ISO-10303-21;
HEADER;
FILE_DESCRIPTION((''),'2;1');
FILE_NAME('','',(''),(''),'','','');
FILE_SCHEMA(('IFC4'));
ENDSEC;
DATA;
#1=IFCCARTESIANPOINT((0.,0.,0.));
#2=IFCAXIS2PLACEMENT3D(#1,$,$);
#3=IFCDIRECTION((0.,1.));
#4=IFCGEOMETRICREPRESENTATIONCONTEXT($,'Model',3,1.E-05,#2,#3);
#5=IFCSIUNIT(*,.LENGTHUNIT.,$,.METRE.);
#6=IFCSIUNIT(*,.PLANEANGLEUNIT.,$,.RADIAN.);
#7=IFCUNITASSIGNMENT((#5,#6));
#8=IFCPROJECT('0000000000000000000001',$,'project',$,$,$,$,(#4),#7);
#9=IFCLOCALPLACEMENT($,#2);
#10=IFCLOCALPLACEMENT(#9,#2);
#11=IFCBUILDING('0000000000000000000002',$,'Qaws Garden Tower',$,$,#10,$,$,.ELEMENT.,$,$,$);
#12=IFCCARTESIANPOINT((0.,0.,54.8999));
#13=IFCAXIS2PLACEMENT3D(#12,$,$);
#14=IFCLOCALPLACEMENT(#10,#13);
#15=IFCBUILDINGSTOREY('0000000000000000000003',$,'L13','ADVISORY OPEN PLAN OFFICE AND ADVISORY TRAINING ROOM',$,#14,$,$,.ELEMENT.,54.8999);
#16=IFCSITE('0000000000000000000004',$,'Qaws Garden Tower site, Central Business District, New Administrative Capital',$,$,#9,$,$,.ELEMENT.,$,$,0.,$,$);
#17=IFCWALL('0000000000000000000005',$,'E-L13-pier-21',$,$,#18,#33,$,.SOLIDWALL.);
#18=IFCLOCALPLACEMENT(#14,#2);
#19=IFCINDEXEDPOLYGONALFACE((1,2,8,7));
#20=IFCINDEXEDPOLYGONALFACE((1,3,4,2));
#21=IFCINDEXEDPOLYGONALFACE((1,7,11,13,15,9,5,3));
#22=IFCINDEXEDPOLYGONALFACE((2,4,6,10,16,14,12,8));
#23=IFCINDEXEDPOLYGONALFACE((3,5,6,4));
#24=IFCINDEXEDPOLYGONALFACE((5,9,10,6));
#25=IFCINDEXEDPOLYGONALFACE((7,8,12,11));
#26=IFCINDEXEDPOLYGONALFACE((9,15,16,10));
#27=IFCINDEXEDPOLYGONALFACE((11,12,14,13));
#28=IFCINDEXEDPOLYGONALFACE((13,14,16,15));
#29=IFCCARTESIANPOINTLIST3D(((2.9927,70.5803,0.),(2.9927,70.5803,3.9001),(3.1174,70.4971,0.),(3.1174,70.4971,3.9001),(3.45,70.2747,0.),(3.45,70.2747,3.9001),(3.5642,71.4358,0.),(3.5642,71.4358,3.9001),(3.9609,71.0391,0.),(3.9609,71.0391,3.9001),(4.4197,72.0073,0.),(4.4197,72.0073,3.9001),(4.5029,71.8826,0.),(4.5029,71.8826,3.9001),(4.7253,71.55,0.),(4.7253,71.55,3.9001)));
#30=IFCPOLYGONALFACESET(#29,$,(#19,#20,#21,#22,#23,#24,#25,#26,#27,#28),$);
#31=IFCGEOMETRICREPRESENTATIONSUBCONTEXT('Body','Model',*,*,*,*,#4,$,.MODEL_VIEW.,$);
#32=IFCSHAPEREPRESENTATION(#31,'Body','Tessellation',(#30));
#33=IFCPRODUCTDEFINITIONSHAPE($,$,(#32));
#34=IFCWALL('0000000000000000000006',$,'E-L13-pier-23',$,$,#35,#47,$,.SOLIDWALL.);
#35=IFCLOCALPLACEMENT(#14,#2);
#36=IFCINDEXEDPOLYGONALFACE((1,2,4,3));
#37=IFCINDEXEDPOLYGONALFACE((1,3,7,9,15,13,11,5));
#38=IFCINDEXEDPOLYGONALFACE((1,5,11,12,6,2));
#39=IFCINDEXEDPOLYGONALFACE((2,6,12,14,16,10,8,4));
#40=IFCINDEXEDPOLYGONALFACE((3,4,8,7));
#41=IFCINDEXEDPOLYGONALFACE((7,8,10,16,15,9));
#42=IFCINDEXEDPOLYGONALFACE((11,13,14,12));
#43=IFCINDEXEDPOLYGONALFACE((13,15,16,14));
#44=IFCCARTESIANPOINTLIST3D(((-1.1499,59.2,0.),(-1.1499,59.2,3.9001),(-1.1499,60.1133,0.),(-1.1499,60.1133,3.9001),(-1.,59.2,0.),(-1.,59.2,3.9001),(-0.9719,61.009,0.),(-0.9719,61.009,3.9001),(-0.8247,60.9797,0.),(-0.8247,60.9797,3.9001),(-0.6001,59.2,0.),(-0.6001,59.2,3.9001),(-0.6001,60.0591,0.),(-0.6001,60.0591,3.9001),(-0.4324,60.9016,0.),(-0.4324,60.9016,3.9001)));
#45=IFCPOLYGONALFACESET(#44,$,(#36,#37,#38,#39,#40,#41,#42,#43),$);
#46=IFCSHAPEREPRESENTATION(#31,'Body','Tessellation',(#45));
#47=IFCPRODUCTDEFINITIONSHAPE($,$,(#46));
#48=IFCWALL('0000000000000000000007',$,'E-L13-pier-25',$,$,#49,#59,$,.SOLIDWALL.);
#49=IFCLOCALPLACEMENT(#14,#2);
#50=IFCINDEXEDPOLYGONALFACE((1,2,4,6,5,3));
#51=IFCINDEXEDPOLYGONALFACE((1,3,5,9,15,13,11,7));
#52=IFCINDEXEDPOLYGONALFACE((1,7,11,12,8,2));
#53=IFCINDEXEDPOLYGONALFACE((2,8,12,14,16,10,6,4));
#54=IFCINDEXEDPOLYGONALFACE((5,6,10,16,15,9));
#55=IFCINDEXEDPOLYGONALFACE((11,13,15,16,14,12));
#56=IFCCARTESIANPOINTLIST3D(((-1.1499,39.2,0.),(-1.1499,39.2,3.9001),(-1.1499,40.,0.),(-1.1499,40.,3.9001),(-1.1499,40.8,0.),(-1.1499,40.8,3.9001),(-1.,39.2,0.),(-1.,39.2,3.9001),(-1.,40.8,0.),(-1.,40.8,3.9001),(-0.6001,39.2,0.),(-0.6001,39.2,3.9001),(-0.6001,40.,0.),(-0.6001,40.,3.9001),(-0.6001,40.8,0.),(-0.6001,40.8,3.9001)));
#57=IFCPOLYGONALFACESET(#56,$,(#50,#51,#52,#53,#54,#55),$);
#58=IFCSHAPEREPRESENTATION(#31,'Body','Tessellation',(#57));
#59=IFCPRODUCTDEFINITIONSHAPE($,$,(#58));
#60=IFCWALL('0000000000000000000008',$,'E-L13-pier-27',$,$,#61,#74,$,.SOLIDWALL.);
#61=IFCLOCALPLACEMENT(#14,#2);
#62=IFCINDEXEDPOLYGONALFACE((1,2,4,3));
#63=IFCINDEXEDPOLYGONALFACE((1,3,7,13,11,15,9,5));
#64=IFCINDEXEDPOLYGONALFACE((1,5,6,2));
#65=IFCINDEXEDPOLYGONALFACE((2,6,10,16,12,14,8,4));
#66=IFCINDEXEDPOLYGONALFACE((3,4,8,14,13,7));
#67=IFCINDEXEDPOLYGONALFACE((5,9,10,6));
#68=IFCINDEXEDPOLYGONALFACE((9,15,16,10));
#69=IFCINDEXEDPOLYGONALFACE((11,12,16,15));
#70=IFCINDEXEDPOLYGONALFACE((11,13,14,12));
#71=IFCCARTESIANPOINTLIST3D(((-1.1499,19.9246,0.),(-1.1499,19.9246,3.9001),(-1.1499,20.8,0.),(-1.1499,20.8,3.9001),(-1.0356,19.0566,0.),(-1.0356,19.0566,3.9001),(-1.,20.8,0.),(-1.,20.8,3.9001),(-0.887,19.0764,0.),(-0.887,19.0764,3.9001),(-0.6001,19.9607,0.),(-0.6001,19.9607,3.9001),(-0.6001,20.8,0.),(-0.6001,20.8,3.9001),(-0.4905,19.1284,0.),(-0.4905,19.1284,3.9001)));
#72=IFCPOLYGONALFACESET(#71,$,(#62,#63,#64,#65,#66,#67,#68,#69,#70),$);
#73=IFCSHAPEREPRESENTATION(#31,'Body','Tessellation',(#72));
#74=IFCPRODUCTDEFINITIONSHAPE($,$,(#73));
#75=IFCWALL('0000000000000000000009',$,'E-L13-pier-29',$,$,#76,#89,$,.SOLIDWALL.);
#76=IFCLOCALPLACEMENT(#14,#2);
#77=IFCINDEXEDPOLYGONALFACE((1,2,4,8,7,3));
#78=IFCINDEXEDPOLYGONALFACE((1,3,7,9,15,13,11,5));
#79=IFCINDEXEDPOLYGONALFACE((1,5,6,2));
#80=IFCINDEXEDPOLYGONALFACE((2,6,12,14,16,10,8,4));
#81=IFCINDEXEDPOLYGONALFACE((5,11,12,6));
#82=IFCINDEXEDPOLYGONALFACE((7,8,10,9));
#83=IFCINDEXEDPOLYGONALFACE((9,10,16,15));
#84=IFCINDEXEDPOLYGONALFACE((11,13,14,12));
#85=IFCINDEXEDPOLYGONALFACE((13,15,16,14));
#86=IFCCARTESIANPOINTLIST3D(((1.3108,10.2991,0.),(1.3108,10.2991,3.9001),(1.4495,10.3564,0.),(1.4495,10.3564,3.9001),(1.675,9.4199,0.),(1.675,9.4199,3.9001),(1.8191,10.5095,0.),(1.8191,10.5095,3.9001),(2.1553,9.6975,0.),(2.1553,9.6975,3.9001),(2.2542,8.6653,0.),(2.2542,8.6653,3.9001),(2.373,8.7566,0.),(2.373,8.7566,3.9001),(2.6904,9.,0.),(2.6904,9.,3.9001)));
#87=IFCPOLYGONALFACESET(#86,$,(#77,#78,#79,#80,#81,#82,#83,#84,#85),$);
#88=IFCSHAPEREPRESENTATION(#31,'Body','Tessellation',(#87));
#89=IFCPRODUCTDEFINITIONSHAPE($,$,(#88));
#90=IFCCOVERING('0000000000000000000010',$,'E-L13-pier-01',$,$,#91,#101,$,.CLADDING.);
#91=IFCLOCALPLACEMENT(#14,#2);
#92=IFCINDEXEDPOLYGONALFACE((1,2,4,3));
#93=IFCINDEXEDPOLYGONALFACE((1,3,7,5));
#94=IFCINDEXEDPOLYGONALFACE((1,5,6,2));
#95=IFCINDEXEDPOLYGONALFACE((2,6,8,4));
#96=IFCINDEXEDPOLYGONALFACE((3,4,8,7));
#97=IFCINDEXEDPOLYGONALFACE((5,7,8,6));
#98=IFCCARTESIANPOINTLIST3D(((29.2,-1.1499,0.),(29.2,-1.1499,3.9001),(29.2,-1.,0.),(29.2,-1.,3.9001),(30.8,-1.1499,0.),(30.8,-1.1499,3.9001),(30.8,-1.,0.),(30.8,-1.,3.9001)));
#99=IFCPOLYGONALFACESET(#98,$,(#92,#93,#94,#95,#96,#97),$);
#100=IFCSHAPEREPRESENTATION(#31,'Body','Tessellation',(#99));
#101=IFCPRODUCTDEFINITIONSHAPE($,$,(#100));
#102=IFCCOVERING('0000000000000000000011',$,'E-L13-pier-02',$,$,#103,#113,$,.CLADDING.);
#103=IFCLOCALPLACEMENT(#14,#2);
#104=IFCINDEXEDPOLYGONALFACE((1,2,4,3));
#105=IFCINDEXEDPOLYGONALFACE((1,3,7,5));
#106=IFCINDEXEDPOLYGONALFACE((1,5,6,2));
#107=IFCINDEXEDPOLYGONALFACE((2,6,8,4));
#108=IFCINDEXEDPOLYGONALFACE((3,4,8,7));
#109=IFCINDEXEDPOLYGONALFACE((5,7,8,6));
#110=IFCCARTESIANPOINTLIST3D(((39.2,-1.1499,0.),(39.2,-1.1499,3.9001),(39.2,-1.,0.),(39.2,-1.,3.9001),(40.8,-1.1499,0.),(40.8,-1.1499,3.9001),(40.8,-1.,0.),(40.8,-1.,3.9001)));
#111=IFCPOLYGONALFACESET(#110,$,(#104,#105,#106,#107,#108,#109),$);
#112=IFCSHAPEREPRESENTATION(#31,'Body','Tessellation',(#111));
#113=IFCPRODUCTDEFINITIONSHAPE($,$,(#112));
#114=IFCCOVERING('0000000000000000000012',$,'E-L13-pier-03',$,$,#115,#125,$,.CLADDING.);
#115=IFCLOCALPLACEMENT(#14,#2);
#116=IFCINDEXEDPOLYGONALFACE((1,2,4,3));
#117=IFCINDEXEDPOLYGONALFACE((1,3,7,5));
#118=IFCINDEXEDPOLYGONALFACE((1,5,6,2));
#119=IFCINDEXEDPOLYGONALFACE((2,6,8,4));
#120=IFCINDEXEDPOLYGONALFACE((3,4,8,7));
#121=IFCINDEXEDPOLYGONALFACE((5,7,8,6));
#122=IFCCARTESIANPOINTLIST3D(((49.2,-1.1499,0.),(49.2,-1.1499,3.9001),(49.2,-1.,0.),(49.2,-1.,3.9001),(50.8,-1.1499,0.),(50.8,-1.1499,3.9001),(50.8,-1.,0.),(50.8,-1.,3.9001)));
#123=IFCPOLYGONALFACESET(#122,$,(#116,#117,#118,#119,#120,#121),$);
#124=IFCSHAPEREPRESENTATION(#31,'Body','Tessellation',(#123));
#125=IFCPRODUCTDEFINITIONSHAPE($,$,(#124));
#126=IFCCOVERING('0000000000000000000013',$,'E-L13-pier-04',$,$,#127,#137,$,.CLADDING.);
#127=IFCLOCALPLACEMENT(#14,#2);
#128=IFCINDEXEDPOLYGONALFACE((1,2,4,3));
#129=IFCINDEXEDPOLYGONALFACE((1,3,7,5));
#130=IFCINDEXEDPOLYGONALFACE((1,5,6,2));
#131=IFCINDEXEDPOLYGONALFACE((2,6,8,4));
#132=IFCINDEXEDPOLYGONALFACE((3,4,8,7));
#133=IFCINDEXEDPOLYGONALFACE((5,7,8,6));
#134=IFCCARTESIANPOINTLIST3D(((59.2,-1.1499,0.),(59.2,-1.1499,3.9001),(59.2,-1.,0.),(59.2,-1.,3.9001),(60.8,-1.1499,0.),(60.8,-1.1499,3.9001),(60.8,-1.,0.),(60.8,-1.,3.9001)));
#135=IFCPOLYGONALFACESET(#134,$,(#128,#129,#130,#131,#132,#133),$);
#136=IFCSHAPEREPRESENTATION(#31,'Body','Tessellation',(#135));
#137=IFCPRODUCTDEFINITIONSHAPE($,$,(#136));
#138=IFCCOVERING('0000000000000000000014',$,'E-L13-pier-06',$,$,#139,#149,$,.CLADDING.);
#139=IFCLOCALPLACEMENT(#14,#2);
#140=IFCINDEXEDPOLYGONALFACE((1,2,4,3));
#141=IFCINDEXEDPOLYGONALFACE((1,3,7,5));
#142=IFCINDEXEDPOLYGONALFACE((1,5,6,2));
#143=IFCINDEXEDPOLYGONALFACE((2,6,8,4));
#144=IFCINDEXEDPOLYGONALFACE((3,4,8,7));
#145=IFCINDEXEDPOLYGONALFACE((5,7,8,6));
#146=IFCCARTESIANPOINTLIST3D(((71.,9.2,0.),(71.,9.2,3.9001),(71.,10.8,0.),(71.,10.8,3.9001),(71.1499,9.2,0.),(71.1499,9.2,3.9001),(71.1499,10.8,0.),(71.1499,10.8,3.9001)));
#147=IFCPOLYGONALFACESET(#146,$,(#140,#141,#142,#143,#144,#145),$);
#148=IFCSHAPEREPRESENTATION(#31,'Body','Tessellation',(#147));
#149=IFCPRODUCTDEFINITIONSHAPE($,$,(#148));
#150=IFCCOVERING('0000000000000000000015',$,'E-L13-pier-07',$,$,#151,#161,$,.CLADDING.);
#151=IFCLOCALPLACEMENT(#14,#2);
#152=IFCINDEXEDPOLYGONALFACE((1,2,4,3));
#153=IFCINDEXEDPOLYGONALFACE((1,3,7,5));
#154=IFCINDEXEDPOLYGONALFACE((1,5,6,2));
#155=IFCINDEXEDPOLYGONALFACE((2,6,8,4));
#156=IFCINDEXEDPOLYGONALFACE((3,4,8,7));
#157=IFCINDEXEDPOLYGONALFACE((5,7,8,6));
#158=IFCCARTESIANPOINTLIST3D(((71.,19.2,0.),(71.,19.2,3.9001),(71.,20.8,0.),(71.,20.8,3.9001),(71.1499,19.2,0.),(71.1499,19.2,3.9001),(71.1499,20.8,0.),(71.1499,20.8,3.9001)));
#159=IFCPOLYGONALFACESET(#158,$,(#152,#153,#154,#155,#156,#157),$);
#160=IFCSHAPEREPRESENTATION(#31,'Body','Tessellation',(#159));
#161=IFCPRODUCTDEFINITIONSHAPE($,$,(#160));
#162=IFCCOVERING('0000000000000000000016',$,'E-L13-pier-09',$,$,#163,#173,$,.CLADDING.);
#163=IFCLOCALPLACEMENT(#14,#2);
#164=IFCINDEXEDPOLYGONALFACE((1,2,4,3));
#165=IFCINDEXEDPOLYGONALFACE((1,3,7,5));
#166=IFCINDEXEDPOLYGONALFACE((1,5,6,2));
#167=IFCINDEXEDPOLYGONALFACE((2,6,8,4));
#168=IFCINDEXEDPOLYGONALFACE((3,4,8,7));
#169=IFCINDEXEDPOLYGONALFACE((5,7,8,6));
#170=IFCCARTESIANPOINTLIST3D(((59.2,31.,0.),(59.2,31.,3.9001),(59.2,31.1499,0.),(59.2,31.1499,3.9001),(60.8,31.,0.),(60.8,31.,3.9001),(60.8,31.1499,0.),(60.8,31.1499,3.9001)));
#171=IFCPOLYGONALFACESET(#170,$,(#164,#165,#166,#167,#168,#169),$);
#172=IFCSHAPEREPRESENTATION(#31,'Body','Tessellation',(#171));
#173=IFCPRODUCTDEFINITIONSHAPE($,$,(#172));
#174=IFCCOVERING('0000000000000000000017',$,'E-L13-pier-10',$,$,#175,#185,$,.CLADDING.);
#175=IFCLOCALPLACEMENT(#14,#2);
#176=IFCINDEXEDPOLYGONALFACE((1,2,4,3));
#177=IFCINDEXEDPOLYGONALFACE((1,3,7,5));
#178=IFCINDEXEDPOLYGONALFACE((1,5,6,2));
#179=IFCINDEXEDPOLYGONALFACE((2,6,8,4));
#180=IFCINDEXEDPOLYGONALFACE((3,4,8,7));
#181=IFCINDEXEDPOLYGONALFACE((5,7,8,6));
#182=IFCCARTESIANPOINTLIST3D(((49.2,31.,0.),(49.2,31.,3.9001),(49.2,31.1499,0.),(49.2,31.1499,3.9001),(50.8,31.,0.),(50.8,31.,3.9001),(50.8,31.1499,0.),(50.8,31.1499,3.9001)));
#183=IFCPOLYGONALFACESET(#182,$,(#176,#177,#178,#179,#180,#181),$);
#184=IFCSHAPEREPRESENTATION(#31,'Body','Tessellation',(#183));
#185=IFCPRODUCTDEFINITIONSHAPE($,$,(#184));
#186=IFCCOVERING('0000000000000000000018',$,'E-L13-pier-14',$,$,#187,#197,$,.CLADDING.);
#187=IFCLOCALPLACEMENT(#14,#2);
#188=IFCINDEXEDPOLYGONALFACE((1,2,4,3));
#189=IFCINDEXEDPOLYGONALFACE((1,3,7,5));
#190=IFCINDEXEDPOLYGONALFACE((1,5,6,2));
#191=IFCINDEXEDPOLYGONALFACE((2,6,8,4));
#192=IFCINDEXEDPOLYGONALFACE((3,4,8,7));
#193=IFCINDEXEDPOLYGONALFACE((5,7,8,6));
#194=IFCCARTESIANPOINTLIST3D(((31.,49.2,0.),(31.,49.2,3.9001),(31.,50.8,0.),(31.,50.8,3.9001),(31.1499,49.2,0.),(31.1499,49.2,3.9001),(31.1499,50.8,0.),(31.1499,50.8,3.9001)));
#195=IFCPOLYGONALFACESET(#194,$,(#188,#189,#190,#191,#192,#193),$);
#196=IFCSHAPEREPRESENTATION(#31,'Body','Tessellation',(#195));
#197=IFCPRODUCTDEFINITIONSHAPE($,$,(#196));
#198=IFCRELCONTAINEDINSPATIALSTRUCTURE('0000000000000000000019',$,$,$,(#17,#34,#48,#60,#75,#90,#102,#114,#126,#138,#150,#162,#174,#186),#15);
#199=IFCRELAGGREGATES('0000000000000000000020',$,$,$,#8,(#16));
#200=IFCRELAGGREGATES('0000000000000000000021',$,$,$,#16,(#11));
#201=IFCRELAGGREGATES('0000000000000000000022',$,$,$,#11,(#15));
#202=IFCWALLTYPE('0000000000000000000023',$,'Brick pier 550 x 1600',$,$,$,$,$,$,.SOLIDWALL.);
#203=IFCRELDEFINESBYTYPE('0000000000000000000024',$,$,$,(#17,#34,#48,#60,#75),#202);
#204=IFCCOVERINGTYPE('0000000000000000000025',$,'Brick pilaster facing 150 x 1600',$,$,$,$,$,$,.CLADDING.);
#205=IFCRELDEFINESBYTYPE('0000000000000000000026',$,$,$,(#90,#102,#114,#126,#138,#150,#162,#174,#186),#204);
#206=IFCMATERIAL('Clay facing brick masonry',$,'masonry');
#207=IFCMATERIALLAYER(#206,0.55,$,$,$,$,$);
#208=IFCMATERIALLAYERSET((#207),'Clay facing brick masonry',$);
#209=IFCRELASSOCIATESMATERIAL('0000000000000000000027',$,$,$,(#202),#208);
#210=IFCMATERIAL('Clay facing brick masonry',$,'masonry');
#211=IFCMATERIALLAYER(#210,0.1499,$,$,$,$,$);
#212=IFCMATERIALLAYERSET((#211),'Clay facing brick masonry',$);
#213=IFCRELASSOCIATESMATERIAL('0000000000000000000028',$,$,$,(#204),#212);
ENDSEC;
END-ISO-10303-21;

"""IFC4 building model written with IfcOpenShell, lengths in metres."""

from ifc_helpers import new_model, si_unit, direction, frame, origin, place, context, subcontext, project, spatial, polyline, outline, extrude, material, layer, layer_set, type_object, element, save


model = new_model("IFC4")

# Units and contexts
model_context = context("Model", 3, precision=1e-05, world=origin(), true_north=direction((0.0, 1.0)))
body_context = subcontext(model_context, "Body", "Model", "MODEL_VIEW")
ifc_project = project(units=[si_unit("LENGTHUNIT", "METRE"), si_unit("PLANEANGLEUNIT", "RADIAN")], contexts=[model_context])

# Site, building, storey
site_placement = place(None, origin())
site = spatial("IfcSite", under=ifc_project, at=site_placement, Name="Qaws Garden Tower site, Central Business District, New Administrative Capital", CompositionType="ELEMENT", RefElevation=0.0)
building_placement = place(site_placement, origin())
building = spatial("IfcBuilding", under=site, at=building_placement, Name="Qaws Garden Tower", CompositionType="ELEMENT")
storey_placement = place(building_placement, frame((0.0, 0.0, 54.8999)))
storey = spatial("IfcBuildingStorey", under=building, at=storey_placement, Name="L13", Description="ADVISORY OPEN PLAN OFFICE AND ADVISORY TRAINING ROOM", CompositionType="ELEMENT", Elevation=54.8999)

# Walls
placement = place(storey_placement, origin())
ifc_material_1 = material(Name="Clay facing brick masonry", Category="masonry")
ifc_layer_1 = layer(ifc_material_1, 0.55)
ifc_layer_set_1 = layer_set([ifc_layer_1], Name="Clay facing brick masonry")
wall_type_1 = type_object("IfcWallType", Name="Brick pier 550 x 1600", PredefinedType="SOLIDWALL", material=ifc_layer_set_1)
element("IfcWall", 1, at=placement, inside=storey, type_object=wall_type_1, Name="E-L13-pier-21", PredefinedType="SOLIDWALL", context=body_context, shape_type="SweptSolid", body=[
    extrude(outline(polyline([(4.5029, 71.8826), (4.4197, 72.0073), (3.5642, 71.4358), (2.9927, 70.5803), (3.1174, 70.4971), (3.45, 70.2747), (3.9609, 71.0391), (4.7253, 71.55), (4.5029, 71.8826)])), origin(), (0.0, 0.0, 1.0), 3.9001),
])
element("IfcWall", 2, at=placement, inside=storey, type_object=wall_type_1, Name="E-L13-pier-23", PredefinedType="SOLIDWALL", context=body_context, shape_type="SweptSolid", body=[
    extrude(outline(polyline([(-0.8247, 60.9797), (-0.9719, 61.009), (-1.1499, 60.1133), (-1.1499, 59.2), (-1.0, 59.2), (-0.6001, 59.2), (-0.6001, 60.0591), (-0.4324, 60.9016), (-0.8247, 60.9797)])), origin(), (0.0, 0.0, 1.0), 3.9001),
])
element("IfcWall", 3, at=placement, inside=storey, type_object=wall_type_1, Name="E-L13-pier-25", PredefinedType="SOLIDWALL", context=body_context, shape_type="SweptSolid", body=[
    extrude(outline(polyline([(-1.0, 40.8), (-1.1499, 40.8), (-1.1499, 40.0), (-1.1499, 39.2), (-1.0, 39.2), (-0.6001, 39.2), (-0.6001, 40.0), (-0.6001, 40.8), (-1.0, 40.8)])), origin(), (0.0, 0.0, 1.0), 3.9001),
])
element("IfcWall", 4, at=placement, inside=storey, type_object=wall_type_1, Name="E-L13-pier-27", PredefinedType="SOLIDWALL", context=body_context, shape_type="SweptSolid", body=[
    extrude(outline(polyline([(-1.0, 20.8), (-1.1499, 20.8), (-1.1499, 19.9246), (-1.0356, 19.0566), (-0.887, 19.0764), (-0.4905, 19.1284), (-0.6001, 19.9607), (-0.6001, 20.8), (-1.0, 20.8)])), origin(), (0.0, 0.0, 1.0), 3.9001),
])
element("IfcWall", 5, at=placement, inside=storey, type_object=wall_type_1, Name="E-L13-pier-29", PredefinedType="SOLIDWALL", context=body_context, shape_type="SweptSolid", body=[
    extrude(outline(polyline([(1.4495, 10.3564), (1.3108, 10.2991), (1.675, 9.4199), (2.2542, 8.6653), (2.373, 8.7566), (2.6904, 9.0), (2.1553, 9.6975), (1.8191, 10.5095), (1.4495, 10.3564)])), origin(), (0.0, 0.0, 1.0), 3.9001),
])

# Coverings
ifc_material_2 = material(Name="Clay facing brick masonry", Category="masonry")
ifc_layer_2 = layer(ifc_material_2, 0.1499)
ifc_layer_set_2 = layer_set([ifc_layer_2], Name="Clay facing brick masonry")
covering_type = type_object("IfcCoveringType", Name="Brick pilaster facing 150 x 1600", PredefinedType="CLADDING", material=ifc_layer_set_2)
element("IfcCovering", 6, at=placement, inside=storey, type_object=covering_type, Name="E-L13-pier-01", PredefinedType="CLADDING", context=body_context, shape_type="SweptSolid", body=[
    extrude(outline(polyline([(29.2, -1.0), (30.8, -1.0), (30.8, -1.1499), (29.2, -1.1499), (29.2, -1.0)])), origin(), (0.0, 0.0, 1.0), 3.9001),
])
element("IfcCovering", 7, at=placement, inside=storey, type_object=covering_type, Name="E-L13-pier-02", PredefinedType="CLADDING", context=body_context, shape_type="SweptSolid", body=[
    extrude(outline(polyline([(39.2, -1.0), (40.8, -1.0), (40.8, -1.1499), (39.2, -1.1499), (39.2, -1.0)])), origin(), (0.0, 0.0, 1.0), 3.9001),
])
element("IfcCovering", 8, at=placement, inside=storey, type_object=covering_type, Name="E-L13-pier-03", PredefinedType="CLADDING", context=body_context, shape_type="SweptSolid", body=[
    extrude(outline(polyline([(49.2, -1.0), (50.8, -1.0), (50.8, -1.1499), (49.2, -1.1499), (49.2, -1.0)])), origin(), (0.0, 0.0, 1.0), 3.9001),
])
element("IfcCovering", 9, at=placement, inside=storey, type_object=covering_type, Name="E-L13-pier-04", PredefinedType="CLADDING", context=body_context, shape_type="SweptSolid", body=[
    extrude(outline(polyline([(59.2, -1.0), (60.8, -1.0), (60.8, -1.1499), (59.2, -1.1499), (59.2, -1.0)])), origin(), (0.0, 0.0, 1.0), 3.9001),
])
element("IfcCovering", 10, at=placement, inside=storey, type_object=covering_type, Name="E-L13-pier-06", PredefinedType="CLADDING", context=body_context, shape_type="SweptSolid", body=[
    extrude(outline(polyline([(71.0, 9.2), (71.0, 10.8), (71.1499, 10.8), (71.1499, 9.2), (71.0, 9.2)])), origin(), (0.0, 0.0, 1.0), 3.9001),
])
element("IfcCovering", 11, at=placement, inside=storey, type_object=covering_type, Name="E-L13-pier-07", PredefinedType="CLADDING", context=body_context, shape_type="SweptSolid", body=[
    extrude(outline(polyline([(71.0, 19.2), (71.0, 20.8), (71.1499, 20.8), (71.1499, 19.2), (71.0, 19.2)])), origin(), (0.0, 0.0, 1.0), 3.9001),
])
element("IfcCovering", 12, at=placement, inside=storey, type_object=covering_type, Name="E-L13-pier-09", PredefinedType="CLADDING", context=body_context, shape_type="SweptSolid", body=[
    extrude(outline(polyline([(60.8, 31.0), (59.2, 31.0), (59.2, 31.1499), (60.8, 31.1499), (60.8, 31.0)])), origin(), (0.0, 0.0, 1.0), 3.9001),
])
element("IfcCovering", 13, at=placement, inside=storey, type_object=covering_type, Name="E-L13-pier-10", PredefinedType="CLADDING", context=body_context, shape_type="SweptSolid", body=[
    extrude(outline(polyline([(50.8, 31.0), (49.2, 31.0), (49.2, 31.1499), (50.8, 31.1499), (50.8, 31.0)])), origin(), (0.0, 0.0, 1.0), 3.9001),
])
element("IfcCovering", 14, at=placement, inside=storey, type_object=covering_type, Name="E-L13-pier-14", PredefinedType="CLADDING", context=body_context, shape_type="SweptSolid", body=[
    extrude(outline(polyline([(31.0, 49.2), (31.0, 50.8), (31.1499, 50.8), (31.1499, 49.2), (31.0, 49.2)])), origin(), (0.0, 0.0, 1.0), 3.9001),
])

save(model, "model.ifc")
